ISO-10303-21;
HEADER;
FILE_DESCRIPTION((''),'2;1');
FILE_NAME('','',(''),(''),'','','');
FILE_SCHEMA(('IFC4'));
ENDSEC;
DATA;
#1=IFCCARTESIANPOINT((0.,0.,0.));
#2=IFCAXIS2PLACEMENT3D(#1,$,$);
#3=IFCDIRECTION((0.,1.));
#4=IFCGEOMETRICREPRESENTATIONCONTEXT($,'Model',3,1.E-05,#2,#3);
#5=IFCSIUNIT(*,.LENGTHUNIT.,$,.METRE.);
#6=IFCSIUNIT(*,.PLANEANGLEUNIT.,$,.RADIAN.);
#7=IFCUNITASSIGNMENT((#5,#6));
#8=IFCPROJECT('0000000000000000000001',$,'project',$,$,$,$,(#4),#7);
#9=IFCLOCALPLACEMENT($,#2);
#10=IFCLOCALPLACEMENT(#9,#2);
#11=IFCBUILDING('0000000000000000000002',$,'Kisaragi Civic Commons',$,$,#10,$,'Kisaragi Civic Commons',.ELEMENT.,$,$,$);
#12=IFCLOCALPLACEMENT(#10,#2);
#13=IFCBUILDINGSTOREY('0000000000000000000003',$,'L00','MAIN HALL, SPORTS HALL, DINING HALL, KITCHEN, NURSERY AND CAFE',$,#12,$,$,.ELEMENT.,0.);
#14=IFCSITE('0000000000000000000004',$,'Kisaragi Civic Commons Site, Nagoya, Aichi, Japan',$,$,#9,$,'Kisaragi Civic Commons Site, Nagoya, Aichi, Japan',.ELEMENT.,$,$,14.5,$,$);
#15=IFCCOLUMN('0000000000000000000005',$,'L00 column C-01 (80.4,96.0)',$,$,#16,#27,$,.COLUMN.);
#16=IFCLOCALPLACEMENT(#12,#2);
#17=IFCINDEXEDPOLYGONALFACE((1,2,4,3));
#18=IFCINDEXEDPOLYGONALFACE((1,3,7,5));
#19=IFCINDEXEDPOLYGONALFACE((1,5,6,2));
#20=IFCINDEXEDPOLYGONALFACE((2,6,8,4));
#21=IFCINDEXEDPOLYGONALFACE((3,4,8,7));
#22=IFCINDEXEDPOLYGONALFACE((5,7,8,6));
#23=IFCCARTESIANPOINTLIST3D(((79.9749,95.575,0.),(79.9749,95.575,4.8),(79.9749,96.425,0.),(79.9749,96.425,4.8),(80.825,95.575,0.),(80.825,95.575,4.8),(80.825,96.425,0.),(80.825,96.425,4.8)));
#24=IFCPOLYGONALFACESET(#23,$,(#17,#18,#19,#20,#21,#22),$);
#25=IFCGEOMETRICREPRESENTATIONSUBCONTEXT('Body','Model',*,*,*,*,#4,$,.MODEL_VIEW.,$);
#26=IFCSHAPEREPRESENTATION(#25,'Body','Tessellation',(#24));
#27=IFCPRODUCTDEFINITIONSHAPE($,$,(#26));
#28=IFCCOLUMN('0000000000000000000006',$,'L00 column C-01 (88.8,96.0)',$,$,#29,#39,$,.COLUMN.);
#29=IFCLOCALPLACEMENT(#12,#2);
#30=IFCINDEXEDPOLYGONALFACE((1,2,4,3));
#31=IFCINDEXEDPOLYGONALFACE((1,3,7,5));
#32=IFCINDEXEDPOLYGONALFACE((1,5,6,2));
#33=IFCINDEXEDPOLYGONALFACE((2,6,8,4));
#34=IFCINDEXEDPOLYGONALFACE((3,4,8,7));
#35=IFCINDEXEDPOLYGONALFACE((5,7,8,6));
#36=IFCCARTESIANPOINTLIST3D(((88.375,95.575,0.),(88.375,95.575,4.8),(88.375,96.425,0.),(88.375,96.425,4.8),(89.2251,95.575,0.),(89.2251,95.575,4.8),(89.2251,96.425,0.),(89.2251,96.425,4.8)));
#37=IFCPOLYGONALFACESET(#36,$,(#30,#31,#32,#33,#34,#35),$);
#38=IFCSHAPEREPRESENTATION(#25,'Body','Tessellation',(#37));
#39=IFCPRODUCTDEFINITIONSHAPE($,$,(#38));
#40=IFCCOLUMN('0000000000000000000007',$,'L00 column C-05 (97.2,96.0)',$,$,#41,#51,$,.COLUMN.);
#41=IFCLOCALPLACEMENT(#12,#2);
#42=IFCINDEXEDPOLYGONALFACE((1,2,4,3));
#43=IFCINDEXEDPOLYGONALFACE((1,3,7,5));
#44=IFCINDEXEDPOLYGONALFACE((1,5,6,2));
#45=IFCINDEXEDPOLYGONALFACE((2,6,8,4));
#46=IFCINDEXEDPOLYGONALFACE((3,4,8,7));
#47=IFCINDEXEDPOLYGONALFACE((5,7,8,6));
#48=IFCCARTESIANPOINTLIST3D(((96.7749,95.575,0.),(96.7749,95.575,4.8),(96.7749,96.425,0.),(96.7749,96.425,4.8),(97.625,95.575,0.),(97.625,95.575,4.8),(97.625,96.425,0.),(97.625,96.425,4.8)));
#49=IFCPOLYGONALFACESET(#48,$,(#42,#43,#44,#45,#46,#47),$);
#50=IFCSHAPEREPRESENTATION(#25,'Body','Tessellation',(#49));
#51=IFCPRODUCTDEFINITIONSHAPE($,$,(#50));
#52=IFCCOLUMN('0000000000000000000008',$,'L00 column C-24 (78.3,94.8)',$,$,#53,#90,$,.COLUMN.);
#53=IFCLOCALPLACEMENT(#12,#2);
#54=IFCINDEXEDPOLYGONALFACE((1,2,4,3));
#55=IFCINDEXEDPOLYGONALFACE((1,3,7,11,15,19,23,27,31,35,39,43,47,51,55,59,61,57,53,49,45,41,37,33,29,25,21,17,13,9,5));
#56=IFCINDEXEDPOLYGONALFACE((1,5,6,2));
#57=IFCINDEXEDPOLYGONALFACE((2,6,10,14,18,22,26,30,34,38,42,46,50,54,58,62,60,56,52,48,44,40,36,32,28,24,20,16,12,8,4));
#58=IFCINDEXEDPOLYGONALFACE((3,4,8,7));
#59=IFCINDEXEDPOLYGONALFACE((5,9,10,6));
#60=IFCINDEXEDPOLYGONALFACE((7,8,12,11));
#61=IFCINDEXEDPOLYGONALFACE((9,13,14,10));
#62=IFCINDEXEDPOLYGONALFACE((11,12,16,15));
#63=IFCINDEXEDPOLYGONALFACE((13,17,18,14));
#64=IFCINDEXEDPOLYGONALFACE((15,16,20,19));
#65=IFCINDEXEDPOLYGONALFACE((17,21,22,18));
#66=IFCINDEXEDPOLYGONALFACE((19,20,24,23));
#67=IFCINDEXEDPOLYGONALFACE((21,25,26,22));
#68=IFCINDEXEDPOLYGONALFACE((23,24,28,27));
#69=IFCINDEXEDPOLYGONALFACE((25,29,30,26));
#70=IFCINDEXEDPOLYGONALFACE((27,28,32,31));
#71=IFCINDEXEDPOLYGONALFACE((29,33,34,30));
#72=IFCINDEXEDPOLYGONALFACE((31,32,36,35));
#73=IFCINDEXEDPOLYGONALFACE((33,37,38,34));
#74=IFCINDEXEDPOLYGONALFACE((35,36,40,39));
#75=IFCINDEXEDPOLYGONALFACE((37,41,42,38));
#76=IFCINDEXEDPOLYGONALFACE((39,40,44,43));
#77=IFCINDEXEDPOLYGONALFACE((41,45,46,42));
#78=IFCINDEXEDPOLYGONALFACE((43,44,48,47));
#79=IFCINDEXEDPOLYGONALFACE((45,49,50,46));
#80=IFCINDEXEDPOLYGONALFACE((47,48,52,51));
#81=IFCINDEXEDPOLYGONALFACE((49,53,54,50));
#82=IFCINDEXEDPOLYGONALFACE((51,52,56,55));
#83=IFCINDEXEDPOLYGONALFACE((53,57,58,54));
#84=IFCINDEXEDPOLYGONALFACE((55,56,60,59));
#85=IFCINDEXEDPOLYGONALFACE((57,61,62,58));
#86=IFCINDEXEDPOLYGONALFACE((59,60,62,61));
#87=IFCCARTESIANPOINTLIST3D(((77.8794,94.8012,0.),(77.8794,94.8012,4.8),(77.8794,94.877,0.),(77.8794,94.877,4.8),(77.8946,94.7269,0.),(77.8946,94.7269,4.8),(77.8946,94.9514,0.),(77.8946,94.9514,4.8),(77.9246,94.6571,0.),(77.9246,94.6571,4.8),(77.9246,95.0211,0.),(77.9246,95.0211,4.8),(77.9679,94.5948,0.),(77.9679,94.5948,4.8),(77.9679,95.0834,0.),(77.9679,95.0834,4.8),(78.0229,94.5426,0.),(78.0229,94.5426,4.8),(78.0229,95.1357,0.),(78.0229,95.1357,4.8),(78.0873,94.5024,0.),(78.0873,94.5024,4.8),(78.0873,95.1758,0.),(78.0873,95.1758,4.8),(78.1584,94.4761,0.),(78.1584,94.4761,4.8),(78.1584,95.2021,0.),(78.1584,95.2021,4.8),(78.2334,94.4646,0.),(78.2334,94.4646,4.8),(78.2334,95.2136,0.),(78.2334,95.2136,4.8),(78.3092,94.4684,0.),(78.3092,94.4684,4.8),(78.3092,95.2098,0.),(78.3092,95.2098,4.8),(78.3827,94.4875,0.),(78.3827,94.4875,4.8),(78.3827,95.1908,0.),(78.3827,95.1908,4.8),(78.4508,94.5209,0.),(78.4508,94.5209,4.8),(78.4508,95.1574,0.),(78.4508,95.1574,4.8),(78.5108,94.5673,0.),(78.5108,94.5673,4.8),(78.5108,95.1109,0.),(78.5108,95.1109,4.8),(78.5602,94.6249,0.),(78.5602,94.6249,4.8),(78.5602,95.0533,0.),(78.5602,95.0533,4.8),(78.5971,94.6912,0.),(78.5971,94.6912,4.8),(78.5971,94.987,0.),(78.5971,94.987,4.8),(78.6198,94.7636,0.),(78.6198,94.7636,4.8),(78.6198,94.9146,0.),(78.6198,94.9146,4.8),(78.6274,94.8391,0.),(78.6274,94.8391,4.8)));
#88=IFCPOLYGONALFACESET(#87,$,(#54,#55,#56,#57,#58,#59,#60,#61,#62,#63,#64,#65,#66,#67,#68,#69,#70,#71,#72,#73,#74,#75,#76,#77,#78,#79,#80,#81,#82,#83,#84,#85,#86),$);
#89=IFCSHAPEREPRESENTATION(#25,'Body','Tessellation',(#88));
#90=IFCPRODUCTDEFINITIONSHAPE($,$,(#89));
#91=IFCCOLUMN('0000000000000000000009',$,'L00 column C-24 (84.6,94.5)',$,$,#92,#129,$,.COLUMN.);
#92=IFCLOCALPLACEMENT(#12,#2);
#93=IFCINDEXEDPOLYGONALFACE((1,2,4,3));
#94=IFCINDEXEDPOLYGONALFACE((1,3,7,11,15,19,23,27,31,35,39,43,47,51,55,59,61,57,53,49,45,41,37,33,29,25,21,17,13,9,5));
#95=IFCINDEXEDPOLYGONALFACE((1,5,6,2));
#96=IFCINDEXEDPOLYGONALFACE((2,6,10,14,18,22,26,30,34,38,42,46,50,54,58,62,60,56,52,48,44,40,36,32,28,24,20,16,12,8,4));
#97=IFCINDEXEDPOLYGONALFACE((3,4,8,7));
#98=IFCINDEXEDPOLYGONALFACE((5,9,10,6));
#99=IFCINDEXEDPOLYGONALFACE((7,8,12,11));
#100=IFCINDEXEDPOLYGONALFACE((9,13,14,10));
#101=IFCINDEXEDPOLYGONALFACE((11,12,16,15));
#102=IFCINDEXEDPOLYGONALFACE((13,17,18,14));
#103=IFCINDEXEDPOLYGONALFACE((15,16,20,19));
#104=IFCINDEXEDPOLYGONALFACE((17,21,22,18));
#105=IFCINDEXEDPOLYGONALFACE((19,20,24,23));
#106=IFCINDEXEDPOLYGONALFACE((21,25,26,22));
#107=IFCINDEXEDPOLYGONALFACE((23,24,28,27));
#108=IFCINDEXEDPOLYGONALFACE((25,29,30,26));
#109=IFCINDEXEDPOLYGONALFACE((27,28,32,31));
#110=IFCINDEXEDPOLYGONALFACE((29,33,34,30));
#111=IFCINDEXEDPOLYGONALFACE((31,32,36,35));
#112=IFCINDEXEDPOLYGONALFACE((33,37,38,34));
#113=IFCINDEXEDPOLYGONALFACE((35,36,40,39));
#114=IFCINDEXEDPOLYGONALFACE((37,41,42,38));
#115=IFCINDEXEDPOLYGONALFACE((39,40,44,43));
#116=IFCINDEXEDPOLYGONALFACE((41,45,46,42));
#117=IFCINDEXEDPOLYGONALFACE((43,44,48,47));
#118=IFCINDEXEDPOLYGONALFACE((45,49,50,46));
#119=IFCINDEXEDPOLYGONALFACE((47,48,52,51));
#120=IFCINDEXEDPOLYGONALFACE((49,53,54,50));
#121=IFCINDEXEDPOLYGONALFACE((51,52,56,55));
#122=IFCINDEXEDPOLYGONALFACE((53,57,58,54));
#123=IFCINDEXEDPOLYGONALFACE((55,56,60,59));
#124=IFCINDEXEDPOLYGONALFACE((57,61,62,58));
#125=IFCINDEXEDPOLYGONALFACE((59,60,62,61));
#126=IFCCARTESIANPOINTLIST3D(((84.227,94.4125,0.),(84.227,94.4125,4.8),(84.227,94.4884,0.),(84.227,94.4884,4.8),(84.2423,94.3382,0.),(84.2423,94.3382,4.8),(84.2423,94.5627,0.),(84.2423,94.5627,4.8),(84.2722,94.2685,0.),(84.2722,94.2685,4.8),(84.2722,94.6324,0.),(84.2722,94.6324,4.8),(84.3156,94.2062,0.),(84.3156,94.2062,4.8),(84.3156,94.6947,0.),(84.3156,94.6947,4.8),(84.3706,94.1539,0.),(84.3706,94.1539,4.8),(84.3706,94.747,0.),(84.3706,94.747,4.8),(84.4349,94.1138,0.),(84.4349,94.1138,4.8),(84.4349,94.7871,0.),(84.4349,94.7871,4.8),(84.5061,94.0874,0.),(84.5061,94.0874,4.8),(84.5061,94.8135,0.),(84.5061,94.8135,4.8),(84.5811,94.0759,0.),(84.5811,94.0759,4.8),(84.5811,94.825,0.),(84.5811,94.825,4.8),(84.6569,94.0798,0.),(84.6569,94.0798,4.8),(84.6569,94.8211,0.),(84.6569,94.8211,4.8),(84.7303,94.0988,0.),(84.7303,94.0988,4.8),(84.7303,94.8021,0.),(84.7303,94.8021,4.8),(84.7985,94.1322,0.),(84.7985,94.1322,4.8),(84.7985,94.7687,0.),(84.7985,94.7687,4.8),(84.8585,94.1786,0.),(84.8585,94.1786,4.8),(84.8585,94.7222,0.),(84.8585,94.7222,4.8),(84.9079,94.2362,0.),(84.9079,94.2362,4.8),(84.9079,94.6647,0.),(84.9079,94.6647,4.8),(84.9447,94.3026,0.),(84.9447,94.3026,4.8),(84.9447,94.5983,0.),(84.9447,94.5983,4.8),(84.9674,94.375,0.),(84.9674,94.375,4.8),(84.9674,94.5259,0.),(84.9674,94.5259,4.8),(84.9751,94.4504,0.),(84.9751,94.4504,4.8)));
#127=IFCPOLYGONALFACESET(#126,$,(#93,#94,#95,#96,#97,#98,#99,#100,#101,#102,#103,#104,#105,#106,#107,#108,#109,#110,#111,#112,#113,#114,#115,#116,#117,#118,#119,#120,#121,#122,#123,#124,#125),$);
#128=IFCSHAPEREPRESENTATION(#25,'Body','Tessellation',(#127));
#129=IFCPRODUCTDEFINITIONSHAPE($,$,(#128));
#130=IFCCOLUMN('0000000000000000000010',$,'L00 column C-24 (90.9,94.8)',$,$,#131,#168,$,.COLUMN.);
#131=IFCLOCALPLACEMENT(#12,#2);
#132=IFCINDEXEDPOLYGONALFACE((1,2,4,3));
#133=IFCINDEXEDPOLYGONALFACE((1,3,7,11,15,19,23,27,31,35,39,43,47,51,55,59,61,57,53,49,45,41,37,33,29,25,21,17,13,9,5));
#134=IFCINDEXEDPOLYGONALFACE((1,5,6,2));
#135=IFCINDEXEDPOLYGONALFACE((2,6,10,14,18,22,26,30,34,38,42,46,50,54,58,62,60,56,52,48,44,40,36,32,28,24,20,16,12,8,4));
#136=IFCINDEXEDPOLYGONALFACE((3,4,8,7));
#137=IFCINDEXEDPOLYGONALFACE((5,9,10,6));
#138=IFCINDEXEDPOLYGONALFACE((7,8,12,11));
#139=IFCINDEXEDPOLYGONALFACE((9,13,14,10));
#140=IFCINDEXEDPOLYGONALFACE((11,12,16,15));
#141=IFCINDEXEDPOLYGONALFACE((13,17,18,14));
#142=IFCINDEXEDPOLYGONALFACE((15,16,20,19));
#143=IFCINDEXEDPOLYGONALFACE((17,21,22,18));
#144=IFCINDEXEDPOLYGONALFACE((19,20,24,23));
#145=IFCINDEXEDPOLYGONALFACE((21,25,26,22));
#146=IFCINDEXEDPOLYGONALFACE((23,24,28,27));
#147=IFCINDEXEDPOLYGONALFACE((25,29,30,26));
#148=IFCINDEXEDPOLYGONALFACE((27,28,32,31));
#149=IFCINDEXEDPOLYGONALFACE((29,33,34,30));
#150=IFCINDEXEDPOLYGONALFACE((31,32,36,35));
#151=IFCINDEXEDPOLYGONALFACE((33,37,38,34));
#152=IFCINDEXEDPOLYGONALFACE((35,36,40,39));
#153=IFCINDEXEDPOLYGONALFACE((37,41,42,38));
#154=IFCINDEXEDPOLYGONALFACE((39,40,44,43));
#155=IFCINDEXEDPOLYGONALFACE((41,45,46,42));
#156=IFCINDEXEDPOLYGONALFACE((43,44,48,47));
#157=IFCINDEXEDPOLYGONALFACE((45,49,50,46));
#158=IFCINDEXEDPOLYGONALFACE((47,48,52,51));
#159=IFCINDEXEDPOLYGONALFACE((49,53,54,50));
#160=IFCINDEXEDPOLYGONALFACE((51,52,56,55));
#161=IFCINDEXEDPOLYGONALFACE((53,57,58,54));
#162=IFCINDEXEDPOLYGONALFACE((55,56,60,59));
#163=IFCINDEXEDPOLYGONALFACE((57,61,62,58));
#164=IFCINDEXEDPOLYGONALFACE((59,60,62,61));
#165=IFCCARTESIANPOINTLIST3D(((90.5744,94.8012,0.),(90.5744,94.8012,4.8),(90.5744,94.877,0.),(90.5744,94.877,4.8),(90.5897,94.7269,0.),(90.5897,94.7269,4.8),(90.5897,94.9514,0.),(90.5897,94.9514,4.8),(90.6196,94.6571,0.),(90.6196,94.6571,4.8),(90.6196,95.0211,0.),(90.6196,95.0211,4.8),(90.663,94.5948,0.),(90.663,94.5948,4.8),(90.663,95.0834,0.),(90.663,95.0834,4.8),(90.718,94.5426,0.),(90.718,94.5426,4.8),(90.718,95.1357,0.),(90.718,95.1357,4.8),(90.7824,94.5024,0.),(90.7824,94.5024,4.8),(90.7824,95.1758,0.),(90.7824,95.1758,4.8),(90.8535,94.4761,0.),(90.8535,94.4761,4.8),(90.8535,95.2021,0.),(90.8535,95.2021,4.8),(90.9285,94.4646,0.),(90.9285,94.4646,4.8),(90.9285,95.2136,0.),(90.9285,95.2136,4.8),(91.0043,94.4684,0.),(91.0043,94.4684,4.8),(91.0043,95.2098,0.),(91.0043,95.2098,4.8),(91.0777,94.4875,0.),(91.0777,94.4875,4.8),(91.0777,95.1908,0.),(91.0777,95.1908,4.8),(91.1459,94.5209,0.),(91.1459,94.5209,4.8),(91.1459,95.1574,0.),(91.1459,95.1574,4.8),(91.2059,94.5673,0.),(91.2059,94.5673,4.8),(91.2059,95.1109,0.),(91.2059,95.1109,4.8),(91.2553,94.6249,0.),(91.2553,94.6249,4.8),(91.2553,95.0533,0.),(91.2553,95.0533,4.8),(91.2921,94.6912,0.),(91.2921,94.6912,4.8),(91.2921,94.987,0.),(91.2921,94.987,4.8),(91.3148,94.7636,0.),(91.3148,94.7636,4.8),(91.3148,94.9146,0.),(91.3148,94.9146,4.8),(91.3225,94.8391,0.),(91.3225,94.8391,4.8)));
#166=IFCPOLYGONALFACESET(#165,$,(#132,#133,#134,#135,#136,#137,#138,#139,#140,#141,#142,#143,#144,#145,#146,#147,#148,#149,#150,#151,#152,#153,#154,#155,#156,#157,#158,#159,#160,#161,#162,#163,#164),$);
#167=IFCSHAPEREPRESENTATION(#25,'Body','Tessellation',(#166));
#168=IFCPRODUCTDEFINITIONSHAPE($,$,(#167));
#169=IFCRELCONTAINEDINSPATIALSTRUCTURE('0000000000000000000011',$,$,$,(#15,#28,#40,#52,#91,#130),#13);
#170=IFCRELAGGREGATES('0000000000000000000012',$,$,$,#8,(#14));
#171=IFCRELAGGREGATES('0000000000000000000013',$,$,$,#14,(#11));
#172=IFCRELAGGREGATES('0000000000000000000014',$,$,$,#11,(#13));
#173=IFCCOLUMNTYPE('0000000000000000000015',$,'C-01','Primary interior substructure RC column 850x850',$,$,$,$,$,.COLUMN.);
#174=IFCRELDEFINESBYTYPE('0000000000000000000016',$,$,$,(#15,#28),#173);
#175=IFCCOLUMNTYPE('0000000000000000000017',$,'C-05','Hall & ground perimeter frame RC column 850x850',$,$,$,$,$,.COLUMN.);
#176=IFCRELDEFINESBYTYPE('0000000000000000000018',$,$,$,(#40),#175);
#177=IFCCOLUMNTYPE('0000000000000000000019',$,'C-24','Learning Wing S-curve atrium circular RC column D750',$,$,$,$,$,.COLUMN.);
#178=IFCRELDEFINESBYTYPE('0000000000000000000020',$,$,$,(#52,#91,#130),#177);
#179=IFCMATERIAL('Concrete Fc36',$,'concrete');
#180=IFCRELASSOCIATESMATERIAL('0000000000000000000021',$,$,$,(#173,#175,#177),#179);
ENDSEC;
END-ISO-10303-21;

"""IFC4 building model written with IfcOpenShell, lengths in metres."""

from ifc_helpers import new_model, si_unit, direction, frame, origin, origin_2d, place, context, subcontext, project, spatial, rectangle, circle, extrude, material, material_profile, profile_set, type_object, element, save


model = new_model("IFC4")

# Units and contexts
model_context = context("Model", 3, precision=1e-05, world=origin(), true_north=direction((0.0, 1.0)))
body_context = subcontext(model_context, "Body", "Model", "MODEL_VIEW")
ifc_project = project(units=[si_unit("LENGTHUNIT", "METRE"), si_unit("PLANEANGLEUNIT", "RADIAN")], contexts=[model_context])

# Site, building, storey
site_placement = place(None, origin())
site = spatial("IfcSite", under=ifc_project, at=site_placement, Name="Kisaragi Civic Commons Site, Nagoya, Aichi, Japan", LongName="Kisaragi Civic Commons Site, Nagoya, Aichi, Japan", CompositionType="ELEMENT", RefElevation=14.5)
building_placement = place(site_placement, origin())
building = spatial("IfcBuilding", under=site, at=building_placement, Name="Kisaragi Civic Commons", LongName="Kisaragi Civic Commons", CompositionType="ELEMENT")
storey_placement = place(building_placement, origin())
storey = spatial("IfcBuildingStorey", under=building, at=storey_placement, Name="L00", Description="MAIN HALL, SPORTS HALL, DINING HALL, KITCHEN, NURSERY AND CAFE", CompositionType="ELEMENT", Elevation=0.0)

# Columns
ifc_material_1 = material(Name="Concrete Fc36", Category="concrete")
ifc_material_profile_1 = material_profile(ifc_material_1, rectangle(XDim=0.8501, YDim=0.8501, at=origin_2d()), Name="RC-850x850", Category="concrete")
ifc_profile_set_1 = profile_set([ifc_material_profile_1], Name="Concrete Fc36")
column_type_1 = type_object("IfcColumnType", Name="C-01", Description="Primary interior substructure RC column 850x850", PredefinedType="COLUMN", material=ifc_profile_set_1)
for number, where, z_axis, x_axis, name in (
    (1, (80.3999, 96.0, 0.0), (0.0, 0.0, 1.0), (1.0, 0.0, 0.0), "L00 column C-01 (80.4,96.0)"),
    (2, (88.8, 96.0, 0.0), (0.0, 0.0, 1.0), (1.0, 0.0, 0.0), "L00 column C-01 (88.8,96.0)"),
):
    element("IfcColumn", number, at=place(storey_placement, frame(where, z_axis=z_axis, x_axis=x_axis)), inside=storey, type_object=column_type_1, Name=name, PredefinedType="COLUMN", context=body_context, shape_type="SweptSolid", body=[
        extrude(rectangle(XDim=0.8501, YDim=0.8501, at=origin_2d()), origin(), (0.0, 0.0, 1.0), 4.8),
    ])
ifc_material_profile_2 = material_profile(ifc_material_1, rectangle(XDim=0.8501, YDim=0.8501, at=origin_2d()), Name="RC-850x850", Category="concrete")
ifc_profile_set_2 = profile_set([ifc_material_profile_2], Name="Concrete Fc36")
column_type_2 = type_object("IfcColumnType", Name="C-05", Description="Hall & ground perimeter frame RC column 850x850", PredefinedType="COLUMN", material=ifc_profile_set_2)
column_placement = place(storey_placement, frame((97.2, 96.0, 0.0), z_axis=(0.0, 0.0, 1.0), x_axis=(1.0, 0.0, 0.0)))
element("IfcColumn", 3, at=column_placement, inside=storey, type_object=column_type_2, Name="L00 column C-05 (97.2,96.0)", PredefinedType="COLUMN", context=body_context, shape_type="SweptSolid", body=[
    extrude(rectangle(XDim=0.8501, YDim=0.8501, at=origin_2d()), origin(), (0.0, 0.0, 1.0), 4.8),
])
ifc_material_profile_3 = material_profile(ifc_material_1, circle(Radius=0.375, at=origin_2d()), Name="RC-D750", Category="concrete")
ifc_profile_set_3 = profile_set([ifc_material_profile_3], Name="Concrete Fc36")
column_type_3 = type_object("IfcColumnType", Name="C-24", Description="Learning Wing S-curve atrium circular RC column D750", PredefinedType="COLUMN", material=ifc_profile_set_3)
for number, where, z_axis, x_axis, name in (
    (4, (78.2524, 94.8391, 0.0), (0.0, 0.0, 1.0), (1.0, 0.0, 0.0), "L00 column C-24 (78.3,94.8)"),
    (5, (84.6001, 94.4504, 0.0), (0.0, 0.0, 1.0), (1.0, 0.0, 0.0), "L00 column C-24 (84.6,94.5)"),
    (6, (90.9475, 94.8391, 0.0), (0.0, 0.0, 1.0), (1.0, 0.0, 0.0), "L00 column C-24 (90.9,94.8)"),
):
    element("IfcColumn", number, at=place(storey_placement, frame(where, z_axis=z_axis, x_axis=x_axis)), inside=storey, type_object=column_type_3, Name=name, PredefinedType="COLUMN", context=body_context, shape_type="SweptSolid", body=[
        extrude(circle(Radius=0.375, at=origin_2d()), origin(), (0.0, 0.0, 1.0), 4.8),
    ])

save(model, "model.ifc")
